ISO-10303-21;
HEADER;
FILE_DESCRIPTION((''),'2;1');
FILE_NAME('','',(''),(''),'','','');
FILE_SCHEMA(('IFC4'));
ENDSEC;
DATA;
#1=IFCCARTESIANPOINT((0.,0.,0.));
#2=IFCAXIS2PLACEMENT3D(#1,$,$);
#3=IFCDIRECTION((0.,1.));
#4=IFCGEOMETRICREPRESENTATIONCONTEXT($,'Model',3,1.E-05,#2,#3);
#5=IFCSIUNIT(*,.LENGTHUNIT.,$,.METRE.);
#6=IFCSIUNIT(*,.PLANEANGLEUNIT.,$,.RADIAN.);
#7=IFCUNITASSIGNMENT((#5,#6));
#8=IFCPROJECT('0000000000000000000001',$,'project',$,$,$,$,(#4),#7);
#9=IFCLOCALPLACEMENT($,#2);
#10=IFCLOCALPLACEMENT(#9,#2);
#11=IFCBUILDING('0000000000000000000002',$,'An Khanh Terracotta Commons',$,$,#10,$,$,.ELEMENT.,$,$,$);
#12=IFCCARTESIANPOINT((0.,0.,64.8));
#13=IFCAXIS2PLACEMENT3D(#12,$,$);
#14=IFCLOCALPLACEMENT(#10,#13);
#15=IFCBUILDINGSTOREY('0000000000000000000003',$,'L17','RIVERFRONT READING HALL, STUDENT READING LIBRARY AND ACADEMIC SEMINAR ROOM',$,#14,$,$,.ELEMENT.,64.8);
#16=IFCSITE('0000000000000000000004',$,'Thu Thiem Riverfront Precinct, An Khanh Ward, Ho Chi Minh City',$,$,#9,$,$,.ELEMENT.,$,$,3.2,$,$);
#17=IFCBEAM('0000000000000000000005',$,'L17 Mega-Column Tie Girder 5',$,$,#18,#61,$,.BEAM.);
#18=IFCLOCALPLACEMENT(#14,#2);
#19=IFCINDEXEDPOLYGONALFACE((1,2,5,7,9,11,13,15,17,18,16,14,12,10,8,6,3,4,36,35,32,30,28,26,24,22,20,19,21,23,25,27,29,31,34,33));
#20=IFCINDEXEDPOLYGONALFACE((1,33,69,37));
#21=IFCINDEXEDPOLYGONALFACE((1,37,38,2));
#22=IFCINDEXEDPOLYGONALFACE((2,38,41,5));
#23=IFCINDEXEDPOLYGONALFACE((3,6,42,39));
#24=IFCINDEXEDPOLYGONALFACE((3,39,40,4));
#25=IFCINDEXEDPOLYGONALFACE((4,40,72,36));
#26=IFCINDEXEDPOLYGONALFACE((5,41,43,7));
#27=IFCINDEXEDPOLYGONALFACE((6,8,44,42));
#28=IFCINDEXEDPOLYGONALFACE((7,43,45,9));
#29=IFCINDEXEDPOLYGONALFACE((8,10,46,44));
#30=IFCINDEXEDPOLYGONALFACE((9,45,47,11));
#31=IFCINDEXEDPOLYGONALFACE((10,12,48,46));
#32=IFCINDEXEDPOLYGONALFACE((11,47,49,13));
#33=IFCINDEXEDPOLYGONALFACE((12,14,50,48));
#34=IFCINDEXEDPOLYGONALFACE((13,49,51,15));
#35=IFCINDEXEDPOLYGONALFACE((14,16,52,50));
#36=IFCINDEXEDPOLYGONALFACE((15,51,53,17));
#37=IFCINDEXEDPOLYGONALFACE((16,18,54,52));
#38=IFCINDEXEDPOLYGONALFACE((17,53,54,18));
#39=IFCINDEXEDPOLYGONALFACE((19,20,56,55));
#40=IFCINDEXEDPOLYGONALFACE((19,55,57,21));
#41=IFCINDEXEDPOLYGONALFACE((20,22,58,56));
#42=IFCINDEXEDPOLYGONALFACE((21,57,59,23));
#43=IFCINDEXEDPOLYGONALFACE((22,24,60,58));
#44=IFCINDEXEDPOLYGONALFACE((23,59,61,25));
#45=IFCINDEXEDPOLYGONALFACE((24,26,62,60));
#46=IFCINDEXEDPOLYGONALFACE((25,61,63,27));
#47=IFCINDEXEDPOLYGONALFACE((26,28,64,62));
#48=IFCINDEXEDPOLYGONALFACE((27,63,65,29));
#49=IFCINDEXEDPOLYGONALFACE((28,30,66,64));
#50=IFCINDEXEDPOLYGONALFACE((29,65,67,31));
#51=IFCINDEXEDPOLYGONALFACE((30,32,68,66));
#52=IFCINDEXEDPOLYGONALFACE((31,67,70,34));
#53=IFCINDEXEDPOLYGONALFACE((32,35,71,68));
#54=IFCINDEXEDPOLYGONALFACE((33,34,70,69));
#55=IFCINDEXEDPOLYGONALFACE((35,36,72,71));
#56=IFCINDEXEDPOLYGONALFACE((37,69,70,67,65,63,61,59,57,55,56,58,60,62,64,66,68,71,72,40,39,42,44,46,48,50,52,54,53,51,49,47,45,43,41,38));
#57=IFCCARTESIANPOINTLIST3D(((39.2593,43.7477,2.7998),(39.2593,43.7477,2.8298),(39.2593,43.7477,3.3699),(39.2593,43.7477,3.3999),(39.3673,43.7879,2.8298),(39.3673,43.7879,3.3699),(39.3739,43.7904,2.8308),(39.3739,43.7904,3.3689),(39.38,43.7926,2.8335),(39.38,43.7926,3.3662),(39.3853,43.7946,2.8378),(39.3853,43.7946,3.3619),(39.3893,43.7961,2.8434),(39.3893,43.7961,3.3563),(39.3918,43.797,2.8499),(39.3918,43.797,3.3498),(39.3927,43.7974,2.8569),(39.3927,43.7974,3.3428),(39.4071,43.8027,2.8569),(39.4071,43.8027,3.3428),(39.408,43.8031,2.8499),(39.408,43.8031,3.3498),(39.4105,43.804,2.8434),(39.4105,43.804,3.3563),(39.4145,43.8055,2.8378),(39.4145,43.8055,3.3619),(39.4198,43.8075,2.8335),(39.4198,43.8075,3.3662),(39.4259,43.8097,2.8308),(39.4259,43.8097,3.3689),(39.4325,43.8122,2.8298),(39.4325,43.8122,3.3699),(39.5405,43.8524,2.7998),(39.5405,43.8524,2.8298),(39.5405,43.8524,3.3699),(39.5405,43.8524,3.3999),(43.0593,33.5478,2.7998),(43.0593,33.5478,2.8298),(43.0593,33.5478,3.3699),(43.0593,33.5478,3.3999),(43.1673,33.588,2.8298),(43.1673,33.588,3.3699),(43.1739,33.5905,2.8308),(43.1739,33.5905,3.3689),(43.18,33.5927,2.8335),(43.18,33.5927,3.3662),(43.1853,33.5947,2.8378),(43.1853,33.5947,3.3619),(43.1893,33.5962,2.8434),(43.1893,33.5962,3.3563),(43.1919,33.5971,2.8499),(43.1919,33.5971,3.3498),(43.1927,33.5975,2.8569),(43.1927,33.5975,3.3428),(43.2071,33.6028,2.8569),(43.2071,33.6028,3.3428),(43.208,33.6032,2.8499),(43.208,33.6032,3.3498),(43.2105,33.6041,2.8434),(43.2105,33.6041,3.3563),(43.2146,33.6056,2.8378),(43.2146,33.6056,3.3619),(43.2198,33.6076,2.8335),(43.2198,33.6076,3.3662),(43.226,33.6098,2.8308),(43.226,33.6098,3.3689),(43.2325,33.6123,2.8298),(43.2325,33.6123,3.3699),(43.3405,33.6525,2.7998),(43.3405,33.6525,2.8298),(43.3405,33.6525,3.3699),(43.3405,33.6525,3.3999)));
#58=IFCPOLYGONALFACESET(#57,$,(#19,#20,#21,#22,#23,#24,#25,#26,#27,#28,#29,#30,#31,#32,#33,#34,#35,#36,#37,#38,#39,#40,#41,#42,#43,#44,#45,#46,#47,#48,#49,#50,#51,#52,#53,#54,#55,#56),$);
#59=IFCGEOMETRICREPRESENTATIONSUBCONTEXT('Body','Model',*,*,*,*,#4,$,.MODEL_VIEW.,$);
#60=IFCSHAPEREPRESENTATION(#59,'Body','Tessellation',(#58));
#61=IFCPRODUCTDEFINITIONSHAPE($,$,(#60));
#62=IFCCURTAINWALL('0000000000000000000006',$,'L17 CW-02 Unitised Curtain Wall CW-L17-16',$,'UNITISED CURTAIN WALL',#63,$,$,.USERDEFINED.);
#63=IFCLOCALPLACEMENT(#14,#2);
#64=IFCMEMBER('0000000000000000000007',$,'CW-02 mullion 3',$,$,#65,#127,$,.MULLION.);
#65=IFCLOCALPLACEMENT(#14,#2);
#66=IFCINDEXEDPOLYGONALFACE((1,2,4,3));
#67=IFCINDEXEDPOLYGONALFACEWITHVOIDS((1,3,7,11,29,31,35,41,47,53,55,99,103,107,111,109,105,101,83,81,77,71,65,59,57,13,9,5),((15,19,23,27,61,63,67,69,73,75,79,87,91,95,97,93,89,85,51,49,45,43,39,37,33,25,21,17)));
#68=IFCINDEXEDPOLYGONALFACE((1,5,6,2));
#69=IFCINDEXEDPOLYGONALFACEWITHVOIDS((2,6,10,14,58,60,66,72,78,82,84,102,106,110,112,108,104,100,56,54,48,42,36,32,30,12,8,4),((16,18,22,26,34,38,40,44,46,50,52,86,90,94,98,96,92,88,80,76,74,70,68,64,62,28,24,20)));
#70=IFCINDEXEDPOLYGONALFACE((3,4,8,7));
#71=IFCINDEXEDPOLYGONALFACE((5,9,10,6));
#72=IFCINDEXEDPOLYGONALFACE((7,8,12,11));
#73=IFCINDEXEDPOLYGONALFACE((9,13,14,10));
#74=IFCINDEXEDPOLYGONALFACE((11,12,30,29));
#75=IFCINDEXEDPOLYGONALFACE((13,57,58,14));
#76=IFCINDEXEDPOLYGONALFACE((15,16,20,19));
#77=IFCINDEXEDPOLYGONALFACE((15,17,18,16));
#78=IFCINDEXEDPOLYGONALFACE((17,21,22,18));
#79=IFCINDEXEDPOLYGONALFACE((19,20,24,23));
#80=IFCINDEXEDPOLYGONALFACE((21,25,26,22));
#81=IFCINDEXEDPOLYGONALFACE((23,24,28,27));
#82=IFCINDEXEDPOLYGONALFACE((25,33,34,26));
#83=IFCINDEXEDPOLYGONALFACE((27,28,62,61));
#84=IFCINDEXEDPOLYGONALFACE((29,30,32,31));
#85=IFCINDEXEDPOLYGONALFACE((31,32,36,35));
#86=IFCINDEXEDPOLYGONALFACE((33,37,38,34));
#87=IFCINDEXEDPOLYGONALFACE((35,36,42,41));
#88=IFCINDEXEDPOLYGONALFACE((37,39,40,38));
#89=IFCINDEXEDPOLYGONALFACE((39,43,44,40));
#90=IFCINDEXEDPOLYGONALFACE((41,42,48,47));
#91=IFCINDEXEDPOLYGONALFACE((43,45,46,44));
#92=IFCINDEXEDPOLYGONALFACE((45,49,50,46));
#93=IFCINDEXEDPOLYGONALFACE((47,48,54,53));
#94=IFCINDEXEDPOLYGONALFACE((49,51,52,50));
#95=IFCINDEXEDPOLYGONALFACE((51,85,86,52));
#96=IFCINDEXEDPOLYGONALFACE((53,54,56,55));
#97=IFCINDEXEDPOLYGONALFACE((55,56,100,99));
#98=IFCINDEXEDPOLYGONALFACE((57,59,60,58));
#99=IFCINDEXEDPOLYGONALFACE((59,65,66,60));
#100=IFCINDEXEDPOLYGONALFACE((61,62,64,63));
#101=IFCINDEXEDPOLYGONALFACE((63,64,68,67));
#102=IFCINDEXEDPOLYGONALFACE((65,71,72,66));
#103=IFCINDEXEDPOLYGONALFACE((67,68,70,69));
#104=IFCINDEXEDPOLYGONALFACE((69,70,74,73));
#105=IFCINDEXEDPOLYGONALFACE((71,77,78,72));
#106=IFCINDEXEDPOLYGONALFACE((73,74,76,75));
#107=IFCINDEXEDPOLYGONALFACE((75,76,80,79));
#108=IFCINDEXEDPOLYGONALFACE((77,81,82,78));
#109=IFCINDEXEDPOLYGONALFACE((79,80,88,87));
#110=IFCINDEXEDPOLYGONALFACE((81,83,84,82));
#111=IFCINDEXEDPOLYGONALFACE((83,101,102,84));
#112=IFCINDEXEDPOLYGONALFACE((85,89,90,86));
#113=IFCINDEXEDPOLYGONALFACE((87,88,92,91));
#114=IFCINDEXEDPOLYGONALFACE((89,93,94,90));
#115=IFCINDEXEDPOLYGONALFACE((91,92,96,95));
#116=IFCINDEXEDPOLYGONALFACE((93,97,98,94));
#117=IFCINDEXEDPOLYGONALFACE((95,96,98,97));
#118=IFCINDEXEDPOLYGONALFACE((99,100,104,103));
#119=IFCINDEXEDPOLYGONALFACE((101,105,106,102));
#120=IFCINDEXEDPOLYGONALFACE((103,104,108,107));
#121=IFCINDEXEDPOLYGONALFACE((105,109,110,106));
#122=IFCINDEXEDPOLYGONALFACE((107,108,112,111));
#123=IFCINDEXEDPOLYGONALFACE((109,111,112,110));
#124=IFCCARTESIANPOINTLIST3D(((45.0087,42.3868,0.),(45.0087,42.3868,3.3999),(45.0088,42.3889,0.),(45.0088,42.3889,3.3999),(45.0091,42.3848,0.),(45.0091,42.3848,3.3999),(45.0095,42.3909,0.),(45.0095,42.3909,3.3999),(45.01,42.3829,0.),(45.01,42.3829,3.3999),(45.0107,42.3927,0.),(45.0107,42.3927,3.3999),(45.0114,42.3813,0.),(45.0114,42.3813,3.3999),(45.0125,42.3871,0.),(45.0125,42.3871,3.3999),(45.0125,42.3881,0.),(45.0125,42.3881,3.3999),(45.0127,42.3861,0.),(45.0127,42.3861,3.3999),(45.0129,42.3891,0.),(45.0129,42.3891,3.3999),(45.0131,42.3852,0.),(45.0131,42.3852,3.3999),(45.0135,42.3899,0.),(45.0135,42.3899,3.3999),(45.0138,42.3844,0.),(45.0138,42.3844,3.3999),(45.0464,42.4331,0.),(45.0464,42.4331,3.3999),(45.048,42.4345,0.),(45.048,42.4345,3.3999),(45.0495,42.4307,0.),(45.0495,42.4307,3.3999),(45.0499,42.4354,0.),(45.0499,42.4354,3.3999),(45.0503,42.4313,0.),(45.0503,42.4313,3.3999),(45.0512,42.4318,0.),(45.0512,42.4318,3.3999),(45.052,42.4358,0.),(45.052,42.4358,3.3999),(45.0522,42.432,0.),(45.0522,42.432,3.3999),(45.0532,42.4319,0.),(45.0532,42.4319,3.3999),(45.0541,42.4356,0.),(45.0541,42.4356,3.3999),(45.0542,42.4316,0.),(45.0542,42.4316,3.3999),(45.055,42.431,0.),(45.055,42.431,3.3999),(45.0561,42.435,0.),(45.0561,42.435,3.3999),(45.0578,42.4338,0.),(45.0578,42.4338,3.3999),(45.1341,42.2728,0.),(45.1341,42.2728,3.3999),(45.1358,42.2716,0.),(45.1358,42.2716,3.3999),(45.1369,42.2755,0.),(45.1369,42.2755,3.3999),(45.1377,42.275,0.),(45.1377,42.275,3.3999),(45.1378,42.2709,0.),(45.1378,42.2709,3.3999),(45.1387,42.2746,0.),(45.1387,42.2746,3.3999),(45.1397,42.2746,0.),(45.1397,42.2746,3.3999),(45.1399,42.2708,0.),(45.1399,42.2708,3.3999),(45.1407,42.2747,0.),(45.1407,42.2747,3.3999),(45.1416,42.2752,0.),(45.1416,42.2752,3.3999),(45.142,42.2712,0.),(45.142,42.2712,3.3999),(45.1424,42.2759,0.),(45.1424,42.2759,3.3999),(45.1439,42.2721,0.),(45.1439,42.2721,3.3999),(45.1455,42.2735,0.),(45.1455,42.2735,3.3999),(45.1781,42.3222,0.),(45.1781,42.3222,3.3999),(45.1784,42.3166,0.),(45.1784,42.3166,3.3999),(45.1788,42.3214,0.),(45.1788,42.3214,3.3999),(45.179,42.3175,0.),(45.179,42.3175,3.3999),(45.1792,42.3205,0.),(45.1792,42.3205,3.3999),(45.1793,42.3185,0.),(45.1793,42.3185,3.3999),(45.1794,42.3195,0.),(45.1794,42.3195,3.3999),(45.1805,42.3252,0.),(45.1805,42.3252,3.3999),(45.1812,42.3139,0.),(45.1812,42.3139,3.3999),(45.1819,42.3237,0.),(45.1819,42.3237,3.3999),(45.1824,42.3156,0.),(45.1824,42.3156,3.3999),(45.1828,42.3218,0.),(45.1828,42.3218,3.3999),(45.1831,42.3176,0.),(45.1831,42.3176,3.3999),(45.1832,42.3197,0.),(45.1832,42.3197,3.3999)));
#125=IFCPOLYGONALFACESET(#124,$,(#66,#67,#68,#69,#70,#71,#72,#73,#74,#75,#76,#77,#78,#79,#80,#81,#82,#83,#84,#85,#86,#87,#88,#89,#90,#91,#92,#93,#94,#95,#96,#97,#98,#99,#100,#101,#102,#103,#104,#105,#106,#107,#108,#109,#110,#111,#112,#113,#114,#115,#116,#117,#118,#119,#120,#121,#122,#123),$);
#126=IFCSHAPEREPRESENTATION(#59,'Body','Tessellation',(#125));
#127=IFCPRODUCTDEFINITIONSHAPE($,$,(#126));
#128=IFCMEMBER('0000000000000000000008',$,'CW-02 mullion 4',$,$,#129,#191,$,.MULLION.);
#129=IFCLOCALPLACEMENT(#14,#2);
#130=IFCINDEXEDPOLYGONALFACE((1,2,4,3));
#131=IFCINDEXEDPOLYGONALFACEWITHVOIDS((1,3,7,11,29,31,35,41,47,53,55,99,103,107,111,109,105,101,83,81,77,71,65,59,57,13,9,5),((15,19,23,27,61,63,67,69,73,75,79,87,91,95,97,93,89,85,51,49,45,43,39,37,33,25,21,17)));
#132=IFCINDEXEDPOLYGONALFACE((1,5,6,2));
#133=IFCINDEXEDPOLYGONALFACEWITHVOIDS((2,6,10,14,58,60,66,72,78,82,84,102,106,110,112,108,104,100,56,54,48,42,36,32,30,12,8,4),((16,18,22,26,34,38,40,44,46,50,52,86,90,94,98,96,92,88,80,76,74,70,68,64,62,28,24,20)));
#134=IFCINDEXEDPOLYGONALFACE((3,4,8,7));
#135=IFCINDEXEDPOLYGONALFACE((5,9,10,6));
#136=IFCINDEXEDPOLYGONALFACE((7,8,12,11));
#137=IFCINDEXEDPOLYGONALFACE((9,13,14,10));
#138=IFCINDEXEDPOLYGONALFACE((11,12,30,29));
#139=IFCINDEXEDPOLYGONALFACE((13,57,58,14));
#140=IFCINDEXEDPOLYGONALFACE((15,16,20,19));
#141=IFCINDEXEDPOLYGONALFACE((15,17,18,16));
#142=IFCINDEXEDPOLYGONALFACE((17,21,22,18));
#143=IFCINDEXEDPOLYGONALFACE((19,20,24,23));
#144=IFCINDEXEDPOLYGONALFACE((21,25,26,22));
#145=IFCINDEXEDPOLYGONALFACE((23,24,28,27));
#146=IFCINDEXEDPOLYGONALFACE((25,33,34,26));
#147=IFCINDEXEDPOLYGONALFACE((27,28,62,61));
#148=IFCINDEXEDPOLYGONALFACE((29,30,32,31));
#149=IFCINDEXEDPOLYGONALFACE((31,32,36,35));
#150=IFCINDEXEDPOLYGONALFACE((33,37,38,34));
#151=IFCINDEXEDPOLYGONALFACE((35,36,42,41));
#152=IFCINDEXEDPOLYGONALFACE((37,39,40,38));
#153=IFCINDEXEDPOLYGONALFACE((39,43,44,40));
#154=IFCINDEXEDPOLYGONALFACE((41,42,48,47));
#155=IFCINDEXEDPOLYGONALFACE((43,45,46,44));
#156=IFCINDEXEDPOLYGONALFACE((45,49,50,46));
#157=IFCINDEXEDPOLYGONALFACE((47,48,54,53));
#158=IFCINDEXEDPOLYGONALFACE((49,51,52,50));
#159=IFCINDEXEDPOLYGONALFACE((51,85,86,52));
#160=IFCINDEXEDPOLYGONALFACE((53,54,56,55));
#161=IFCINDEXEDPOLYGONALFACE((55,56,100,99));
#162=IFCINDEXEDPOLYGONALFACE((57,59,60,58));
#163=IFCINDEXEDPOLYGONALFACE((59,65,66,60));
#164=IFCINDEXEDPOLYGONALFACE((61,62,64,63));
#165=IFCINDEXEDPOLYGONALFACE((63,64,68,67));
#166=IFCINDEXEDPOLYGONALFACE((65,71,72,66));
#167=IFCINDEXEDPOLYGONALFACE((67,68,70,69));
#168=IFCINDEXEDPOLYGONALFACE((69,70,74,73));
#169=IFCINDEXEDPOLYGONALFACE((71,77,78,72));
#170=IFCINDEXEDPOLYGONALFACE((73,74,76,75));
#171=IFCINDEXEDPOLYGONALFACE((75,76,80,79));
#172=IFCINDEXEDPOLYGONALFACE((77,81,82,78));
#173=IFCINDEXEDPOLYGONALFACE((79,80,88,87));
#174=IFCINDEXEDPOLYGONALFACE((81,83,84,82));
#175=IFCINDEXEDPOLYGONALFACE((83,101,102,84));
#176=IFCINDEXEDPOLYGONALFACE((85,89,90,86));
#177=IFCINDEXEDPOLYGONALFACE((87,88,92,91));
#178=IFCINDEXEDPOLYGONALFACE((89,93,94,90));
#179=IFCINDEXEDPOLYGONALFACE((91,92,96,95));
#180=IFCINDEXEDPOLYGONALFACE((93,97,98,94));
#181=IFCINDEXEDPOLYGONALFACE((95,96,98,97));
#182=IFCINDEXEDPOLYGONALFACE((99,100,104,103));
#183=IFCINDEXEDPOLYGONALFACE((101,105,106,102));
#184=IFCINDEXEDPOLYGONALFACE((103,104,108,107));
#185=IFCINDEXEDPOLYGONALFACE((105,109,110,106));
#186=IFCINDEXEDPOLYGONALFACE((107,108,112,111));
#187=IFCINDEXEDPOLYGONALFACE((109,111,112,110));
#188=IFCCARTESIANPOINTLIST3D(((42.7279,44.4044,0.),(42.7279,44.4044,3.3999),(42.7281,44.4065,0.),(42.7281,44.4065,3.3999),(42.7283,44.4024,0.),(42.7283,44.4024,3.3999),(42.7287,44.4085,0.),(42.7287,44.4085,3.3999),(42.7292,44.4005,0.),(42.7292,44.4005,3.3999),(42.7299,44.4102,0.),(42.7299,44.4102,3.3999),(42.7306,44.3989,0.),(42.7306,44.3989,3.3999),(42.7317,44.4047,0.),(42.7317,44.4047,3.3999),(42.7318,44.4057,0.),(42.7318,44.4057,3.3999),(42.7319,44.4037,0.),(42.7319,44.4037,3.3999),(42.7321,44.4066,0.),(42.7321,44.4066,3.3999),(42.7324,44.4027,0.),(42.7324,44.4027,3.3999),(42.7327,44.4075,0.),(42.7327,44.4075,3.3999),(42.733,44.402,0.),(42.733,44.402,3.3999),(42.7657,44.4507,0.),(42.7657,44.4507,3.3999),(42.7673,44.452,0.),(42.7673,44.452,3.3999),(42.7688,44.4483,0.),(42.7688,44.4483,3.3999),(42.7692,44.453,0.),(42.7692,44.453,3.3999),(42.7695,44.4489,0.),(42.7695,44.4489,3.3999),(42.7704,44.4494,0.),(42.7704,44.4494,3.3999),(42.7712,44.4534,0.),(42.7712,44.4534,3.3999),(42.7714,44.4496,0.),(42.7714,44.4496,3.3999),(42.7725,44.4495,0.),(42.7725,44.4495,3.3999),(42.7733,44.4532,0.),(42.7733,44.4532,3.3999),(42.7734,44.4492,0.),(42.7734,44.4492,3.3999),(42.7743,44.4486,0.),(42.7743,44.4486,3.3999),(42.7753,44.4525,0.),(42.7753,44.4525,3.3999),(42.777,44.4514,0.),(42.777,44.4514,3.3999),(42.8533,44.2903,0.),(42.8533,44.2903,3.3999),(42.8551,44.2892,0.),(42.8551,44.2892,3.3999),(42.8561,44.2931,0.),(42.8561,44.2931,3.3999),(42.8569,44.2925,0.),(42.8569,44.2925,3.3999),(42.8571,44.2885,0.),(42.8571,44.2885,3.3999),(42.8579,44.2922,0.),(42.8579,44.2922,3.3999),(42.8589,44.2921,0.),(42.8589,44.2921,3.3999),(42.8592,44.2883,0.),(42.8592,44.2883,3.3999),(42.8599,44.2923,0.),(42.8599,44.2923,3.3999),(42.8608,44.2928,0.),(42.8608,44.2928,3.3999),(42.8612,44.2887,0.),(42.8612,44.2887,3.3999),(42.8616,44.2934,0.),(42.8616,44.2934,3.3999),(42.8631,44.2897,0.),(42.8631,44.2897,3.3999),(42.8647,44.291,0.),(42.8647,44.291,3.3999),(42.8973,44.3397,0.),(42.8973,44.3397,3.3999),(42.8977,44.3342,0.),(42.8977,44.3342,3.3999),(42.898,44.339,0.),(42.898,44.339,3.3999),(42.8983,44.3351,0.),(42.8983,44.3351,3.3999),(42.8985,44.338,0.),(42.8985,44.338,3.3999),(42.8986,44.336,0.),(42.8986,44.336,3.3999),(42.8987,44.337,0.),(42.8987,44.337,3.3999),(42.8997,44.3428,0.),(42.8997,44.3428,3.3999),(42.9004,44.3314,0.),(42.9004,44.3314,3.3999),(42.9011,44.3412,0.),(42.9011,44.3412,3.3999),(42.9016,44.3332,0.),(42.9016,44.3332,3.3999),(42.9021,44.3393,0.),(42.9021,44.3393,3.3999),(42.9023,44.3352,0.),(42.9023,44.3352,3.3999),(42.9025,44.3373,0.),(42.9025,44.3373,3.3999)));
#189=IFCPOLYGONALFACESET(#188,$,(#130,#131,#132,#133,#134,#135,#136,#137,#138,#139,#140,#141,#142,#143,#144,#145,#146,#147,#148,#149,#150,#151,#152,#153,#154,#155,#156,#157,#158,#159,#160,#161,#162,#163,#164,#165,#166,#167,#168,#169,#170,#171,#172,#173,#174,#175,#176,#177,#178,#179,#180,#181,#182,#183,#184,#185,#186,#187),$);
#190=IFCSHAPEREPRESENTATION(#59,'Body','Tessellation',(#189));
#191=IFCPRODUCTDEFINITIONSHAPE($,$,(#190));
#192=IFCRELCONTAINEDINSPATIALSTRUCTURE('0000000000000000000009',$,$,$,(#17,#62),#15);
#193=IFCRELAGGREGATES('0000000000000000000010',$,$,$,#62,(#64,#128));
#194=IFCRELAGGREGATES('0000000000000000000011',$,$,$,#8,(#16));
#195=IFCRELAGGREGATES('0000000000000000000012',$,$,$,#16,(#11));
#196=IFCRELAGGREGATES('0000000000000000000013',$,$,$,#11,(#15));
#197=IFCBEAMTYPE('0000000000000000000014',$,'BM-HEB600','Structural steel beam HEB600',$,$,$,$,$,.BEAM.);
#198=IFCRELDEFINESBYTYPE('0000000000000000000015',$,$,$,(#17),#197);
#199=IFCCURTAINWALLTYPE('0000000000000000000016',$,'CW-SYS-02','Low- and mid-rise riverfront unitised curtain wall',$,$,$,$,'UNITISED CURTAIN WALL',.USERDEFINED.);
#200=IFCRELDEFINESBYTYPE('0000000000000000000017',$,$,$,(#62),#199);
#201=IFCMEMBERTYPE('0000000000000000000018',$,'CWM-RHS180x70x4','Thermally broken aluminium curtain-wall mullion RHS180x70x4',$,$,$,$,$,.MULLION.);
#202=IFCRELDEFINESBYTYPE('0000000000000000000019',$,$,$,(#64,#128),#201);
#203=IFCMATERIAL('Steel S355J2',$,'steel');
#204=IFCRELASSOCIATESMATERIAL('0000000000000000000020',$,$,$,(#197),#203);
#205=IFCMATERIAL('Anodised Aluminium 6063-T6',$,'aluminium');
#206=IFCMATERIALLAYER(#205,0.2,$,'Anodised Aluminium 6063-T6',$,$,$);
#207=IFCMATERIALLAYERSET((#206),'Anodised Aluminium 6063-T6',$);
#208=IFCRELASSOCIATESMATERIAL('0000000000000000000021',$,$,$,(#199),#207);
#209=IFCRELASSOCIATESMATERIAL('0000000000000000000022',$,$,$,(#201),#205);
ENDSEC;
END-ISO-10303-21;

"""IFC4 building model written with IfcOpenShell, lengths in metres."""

from ifc_helpers import new_model, si_unit, direction, frame, origin, origin_2d, place, context, subcontext, project, spatial, hollow_rectangle, i_section, extrude, material, layer, layer_set, material_profile, profile_set, type_object, element, aggregate, save


model = new_model("IFC4")

# Units and contexts
model_context = context("Model", 3, precision=1e-05, world=origin(), true_north=direction((0.0, 1.0)))
body_context = subcontext(model_context, "Body", "Model", "MODEL_VIEW")
ifc_project = project(units=[si_unit("LENGTHUNIT", "METRE"), si_unit("PLANEANGLEUNIT", "RADIAN")], contexts=[model_context])

# Site, building, storey
site_placement = place(None, origin())
site = spatial("IfcSite", under=ifc_project, at=site_placement, Name="Thu Thiem Riverfront Precinct, An Khanh Ward, Ho Chi Minh City", CompositionType="ELEMENT", RefElevation=3.2)
building_placement = place(site_placement, origin())
building = spatial("IfcBuilding", under=site, at=building_placement, Name="An Khanh Terracotta Commons", CompositionType="ELEMENT")
storey_placement = place(building_placement, frame((0.0, 0.0, 64.8)))
storey = spatial("IfcBuildingStorey", under=building, at=storey_placement, Name="L17", Description="RIVERFRONT READING HALL, STUDENT READING LIBRARY AND ACADEMIC SEMINAR ROOM", CompositionType="ELEMENT", Elevation=64.8)

# Beam
ifc_material_1 = material(Name="Steel S355J2", Category="steel")
ifc_material_profile_1 = material_profile(ifc_material_1, i_section(OverallWidth=0.3, OverallDepth=0.6001, WebThickness=0.0154, FlangeThickness=0.03, FilletRadius=0.0271, at=origin_2d()), Name="HEB600")
ifc_profile_set_1 = profile_set([ifc_material_profile_1], Name="Steel S355J2")
beam_type_1 = type_object("IfcBeamType", Name="BM-HEB600", Description="Structural steel beam HEB600", PredefinedType="BEAM", material=ifc_profile_set_1)
beam_1_placement = place(storey_placement, frame((39.3999, 43.8, 3.0999), z_axis=(0.349114, -0.93708, 0.0), x_axis=(0.93708, 0.349114, 0.0)))
element("IfcBeam", 1, at=beam_1_placement, inside=storey, type_object=beam_type_1, Name="L17 Mega-Column Tie Girder 5", PredefinedType="BEAM", context=body_context, shape_type="SweptSolid", body=[
    extrude(i_section(OverallWidth=0.3, OverallDepth=0.6001, WebThickness=0.0154, FlangeThickness=0.03, FilletRadius=0.0271, at=origin_2d()), origin(), (0.0, 0.0, 1.0), 10.8848),
])

# Curtain wall, members
ifc_material_2 = material(Name="Anodised Aluminium 6063-T6", Category="aluminium")
ifc_layer_1 = layer(ifc_material_2, 0.2, Name="Anodised Aluminium 6063-T6")
ifc_layer_set_1 = layer_set([ifc_layer_1], Name="Anodised Aluminium 6063-T6")
curtain_wall_type = type_object("IfcCurtainWallType", Name="CW-SYS-02", Description="Low- and mid-rise riverfront unitised curtain wall", ElementType="UNITISED CURTAIN WALL", PredefinedType="USERDEFINED", material=ifc_layer_set_1)
curtain_wall_placement = place(storey_placement, origin())
curtain_wall = element("IfcCurtainWall", 2, at=curtain_wall_placement, inside=storey, type_object=curtain_wall_type, Name="L17 CW-02 Unitised Curtain Wall CW-L17-16", ObjectType="UNITISED CURTAIN WALL", PredefinedType="USERDEFINED")
ifc_material_profile_2 = material_profile(ifc_material_2, hollow_rectangle(XDim=0.0701, YDim=0.1799, WallThickness=0.0039, InnerFilletRadius=0.0039, OuterFilletRadius=0.0081, at=origin_2d()), Name="RHS180x70x4")
ifc_profile_set_2 = profile_set([ifc_material_profile_2], Name="Anodised Aluminium 6063-T6")
member_type_1 = type_object("IfcMemberType", Name="CWM-RHS180x70x4", Description="Thermally broken aluminium curtain-wall mullion RHS180x70x4", PredefinedType="MULLION", material=ifc_profile_set_2)
member_1_placement = place(storey_placement, frame((45.0959, 42.3533, 0.0), z_axis=(0.0, 0.0, 1.0), x_axis=(-0.662548, -0.749019, 0.0)))
member_1 = element("IfcMember", 3, at=member_1_placement, type_object=member_type_1, Name="CW-02 mullion 3", PredefinedType="MULLION", context=body_context, shape_type="SweptSolid", body=[
    extrude(hollow_rectangle(XDim=0.0701, YDim=0.1799, WallThickness=0.0039, InnerFilletRadius=0.0039, OuterFilletRadius=0.0081, at=origin_2d()), origin(), (0.0, 0.0, 1.0), 3.3999),
])
member_2_placement = place(storey_placement, frame((42.8152, 44.3708, 0.0), z_axis=(0.0, 0.0, 1.0), x_axis=(-0.662548, -0.749019, 0.0)))
member_2 = element("IfcMember", 4, at=member_2_placement, type_object=member_type_1, Name="CW-02 mullion 4", PredefinedType="MULLION", context=body_context, shape_type="SweptSolid", body=[
    extrude(hollow_rectangle(XDim=0.0701, YDim=0.1799, WallThickness=0.0039, InnerFilletRadius=0.0039, OuterFilletRadius=0.0081, at=origin_2d()), origin(), (0.0, 0.0, 1.0), 3.3999),
])
aggregate(curtain_wall, [member_1, member_2])

save(model, "model.ifc")
